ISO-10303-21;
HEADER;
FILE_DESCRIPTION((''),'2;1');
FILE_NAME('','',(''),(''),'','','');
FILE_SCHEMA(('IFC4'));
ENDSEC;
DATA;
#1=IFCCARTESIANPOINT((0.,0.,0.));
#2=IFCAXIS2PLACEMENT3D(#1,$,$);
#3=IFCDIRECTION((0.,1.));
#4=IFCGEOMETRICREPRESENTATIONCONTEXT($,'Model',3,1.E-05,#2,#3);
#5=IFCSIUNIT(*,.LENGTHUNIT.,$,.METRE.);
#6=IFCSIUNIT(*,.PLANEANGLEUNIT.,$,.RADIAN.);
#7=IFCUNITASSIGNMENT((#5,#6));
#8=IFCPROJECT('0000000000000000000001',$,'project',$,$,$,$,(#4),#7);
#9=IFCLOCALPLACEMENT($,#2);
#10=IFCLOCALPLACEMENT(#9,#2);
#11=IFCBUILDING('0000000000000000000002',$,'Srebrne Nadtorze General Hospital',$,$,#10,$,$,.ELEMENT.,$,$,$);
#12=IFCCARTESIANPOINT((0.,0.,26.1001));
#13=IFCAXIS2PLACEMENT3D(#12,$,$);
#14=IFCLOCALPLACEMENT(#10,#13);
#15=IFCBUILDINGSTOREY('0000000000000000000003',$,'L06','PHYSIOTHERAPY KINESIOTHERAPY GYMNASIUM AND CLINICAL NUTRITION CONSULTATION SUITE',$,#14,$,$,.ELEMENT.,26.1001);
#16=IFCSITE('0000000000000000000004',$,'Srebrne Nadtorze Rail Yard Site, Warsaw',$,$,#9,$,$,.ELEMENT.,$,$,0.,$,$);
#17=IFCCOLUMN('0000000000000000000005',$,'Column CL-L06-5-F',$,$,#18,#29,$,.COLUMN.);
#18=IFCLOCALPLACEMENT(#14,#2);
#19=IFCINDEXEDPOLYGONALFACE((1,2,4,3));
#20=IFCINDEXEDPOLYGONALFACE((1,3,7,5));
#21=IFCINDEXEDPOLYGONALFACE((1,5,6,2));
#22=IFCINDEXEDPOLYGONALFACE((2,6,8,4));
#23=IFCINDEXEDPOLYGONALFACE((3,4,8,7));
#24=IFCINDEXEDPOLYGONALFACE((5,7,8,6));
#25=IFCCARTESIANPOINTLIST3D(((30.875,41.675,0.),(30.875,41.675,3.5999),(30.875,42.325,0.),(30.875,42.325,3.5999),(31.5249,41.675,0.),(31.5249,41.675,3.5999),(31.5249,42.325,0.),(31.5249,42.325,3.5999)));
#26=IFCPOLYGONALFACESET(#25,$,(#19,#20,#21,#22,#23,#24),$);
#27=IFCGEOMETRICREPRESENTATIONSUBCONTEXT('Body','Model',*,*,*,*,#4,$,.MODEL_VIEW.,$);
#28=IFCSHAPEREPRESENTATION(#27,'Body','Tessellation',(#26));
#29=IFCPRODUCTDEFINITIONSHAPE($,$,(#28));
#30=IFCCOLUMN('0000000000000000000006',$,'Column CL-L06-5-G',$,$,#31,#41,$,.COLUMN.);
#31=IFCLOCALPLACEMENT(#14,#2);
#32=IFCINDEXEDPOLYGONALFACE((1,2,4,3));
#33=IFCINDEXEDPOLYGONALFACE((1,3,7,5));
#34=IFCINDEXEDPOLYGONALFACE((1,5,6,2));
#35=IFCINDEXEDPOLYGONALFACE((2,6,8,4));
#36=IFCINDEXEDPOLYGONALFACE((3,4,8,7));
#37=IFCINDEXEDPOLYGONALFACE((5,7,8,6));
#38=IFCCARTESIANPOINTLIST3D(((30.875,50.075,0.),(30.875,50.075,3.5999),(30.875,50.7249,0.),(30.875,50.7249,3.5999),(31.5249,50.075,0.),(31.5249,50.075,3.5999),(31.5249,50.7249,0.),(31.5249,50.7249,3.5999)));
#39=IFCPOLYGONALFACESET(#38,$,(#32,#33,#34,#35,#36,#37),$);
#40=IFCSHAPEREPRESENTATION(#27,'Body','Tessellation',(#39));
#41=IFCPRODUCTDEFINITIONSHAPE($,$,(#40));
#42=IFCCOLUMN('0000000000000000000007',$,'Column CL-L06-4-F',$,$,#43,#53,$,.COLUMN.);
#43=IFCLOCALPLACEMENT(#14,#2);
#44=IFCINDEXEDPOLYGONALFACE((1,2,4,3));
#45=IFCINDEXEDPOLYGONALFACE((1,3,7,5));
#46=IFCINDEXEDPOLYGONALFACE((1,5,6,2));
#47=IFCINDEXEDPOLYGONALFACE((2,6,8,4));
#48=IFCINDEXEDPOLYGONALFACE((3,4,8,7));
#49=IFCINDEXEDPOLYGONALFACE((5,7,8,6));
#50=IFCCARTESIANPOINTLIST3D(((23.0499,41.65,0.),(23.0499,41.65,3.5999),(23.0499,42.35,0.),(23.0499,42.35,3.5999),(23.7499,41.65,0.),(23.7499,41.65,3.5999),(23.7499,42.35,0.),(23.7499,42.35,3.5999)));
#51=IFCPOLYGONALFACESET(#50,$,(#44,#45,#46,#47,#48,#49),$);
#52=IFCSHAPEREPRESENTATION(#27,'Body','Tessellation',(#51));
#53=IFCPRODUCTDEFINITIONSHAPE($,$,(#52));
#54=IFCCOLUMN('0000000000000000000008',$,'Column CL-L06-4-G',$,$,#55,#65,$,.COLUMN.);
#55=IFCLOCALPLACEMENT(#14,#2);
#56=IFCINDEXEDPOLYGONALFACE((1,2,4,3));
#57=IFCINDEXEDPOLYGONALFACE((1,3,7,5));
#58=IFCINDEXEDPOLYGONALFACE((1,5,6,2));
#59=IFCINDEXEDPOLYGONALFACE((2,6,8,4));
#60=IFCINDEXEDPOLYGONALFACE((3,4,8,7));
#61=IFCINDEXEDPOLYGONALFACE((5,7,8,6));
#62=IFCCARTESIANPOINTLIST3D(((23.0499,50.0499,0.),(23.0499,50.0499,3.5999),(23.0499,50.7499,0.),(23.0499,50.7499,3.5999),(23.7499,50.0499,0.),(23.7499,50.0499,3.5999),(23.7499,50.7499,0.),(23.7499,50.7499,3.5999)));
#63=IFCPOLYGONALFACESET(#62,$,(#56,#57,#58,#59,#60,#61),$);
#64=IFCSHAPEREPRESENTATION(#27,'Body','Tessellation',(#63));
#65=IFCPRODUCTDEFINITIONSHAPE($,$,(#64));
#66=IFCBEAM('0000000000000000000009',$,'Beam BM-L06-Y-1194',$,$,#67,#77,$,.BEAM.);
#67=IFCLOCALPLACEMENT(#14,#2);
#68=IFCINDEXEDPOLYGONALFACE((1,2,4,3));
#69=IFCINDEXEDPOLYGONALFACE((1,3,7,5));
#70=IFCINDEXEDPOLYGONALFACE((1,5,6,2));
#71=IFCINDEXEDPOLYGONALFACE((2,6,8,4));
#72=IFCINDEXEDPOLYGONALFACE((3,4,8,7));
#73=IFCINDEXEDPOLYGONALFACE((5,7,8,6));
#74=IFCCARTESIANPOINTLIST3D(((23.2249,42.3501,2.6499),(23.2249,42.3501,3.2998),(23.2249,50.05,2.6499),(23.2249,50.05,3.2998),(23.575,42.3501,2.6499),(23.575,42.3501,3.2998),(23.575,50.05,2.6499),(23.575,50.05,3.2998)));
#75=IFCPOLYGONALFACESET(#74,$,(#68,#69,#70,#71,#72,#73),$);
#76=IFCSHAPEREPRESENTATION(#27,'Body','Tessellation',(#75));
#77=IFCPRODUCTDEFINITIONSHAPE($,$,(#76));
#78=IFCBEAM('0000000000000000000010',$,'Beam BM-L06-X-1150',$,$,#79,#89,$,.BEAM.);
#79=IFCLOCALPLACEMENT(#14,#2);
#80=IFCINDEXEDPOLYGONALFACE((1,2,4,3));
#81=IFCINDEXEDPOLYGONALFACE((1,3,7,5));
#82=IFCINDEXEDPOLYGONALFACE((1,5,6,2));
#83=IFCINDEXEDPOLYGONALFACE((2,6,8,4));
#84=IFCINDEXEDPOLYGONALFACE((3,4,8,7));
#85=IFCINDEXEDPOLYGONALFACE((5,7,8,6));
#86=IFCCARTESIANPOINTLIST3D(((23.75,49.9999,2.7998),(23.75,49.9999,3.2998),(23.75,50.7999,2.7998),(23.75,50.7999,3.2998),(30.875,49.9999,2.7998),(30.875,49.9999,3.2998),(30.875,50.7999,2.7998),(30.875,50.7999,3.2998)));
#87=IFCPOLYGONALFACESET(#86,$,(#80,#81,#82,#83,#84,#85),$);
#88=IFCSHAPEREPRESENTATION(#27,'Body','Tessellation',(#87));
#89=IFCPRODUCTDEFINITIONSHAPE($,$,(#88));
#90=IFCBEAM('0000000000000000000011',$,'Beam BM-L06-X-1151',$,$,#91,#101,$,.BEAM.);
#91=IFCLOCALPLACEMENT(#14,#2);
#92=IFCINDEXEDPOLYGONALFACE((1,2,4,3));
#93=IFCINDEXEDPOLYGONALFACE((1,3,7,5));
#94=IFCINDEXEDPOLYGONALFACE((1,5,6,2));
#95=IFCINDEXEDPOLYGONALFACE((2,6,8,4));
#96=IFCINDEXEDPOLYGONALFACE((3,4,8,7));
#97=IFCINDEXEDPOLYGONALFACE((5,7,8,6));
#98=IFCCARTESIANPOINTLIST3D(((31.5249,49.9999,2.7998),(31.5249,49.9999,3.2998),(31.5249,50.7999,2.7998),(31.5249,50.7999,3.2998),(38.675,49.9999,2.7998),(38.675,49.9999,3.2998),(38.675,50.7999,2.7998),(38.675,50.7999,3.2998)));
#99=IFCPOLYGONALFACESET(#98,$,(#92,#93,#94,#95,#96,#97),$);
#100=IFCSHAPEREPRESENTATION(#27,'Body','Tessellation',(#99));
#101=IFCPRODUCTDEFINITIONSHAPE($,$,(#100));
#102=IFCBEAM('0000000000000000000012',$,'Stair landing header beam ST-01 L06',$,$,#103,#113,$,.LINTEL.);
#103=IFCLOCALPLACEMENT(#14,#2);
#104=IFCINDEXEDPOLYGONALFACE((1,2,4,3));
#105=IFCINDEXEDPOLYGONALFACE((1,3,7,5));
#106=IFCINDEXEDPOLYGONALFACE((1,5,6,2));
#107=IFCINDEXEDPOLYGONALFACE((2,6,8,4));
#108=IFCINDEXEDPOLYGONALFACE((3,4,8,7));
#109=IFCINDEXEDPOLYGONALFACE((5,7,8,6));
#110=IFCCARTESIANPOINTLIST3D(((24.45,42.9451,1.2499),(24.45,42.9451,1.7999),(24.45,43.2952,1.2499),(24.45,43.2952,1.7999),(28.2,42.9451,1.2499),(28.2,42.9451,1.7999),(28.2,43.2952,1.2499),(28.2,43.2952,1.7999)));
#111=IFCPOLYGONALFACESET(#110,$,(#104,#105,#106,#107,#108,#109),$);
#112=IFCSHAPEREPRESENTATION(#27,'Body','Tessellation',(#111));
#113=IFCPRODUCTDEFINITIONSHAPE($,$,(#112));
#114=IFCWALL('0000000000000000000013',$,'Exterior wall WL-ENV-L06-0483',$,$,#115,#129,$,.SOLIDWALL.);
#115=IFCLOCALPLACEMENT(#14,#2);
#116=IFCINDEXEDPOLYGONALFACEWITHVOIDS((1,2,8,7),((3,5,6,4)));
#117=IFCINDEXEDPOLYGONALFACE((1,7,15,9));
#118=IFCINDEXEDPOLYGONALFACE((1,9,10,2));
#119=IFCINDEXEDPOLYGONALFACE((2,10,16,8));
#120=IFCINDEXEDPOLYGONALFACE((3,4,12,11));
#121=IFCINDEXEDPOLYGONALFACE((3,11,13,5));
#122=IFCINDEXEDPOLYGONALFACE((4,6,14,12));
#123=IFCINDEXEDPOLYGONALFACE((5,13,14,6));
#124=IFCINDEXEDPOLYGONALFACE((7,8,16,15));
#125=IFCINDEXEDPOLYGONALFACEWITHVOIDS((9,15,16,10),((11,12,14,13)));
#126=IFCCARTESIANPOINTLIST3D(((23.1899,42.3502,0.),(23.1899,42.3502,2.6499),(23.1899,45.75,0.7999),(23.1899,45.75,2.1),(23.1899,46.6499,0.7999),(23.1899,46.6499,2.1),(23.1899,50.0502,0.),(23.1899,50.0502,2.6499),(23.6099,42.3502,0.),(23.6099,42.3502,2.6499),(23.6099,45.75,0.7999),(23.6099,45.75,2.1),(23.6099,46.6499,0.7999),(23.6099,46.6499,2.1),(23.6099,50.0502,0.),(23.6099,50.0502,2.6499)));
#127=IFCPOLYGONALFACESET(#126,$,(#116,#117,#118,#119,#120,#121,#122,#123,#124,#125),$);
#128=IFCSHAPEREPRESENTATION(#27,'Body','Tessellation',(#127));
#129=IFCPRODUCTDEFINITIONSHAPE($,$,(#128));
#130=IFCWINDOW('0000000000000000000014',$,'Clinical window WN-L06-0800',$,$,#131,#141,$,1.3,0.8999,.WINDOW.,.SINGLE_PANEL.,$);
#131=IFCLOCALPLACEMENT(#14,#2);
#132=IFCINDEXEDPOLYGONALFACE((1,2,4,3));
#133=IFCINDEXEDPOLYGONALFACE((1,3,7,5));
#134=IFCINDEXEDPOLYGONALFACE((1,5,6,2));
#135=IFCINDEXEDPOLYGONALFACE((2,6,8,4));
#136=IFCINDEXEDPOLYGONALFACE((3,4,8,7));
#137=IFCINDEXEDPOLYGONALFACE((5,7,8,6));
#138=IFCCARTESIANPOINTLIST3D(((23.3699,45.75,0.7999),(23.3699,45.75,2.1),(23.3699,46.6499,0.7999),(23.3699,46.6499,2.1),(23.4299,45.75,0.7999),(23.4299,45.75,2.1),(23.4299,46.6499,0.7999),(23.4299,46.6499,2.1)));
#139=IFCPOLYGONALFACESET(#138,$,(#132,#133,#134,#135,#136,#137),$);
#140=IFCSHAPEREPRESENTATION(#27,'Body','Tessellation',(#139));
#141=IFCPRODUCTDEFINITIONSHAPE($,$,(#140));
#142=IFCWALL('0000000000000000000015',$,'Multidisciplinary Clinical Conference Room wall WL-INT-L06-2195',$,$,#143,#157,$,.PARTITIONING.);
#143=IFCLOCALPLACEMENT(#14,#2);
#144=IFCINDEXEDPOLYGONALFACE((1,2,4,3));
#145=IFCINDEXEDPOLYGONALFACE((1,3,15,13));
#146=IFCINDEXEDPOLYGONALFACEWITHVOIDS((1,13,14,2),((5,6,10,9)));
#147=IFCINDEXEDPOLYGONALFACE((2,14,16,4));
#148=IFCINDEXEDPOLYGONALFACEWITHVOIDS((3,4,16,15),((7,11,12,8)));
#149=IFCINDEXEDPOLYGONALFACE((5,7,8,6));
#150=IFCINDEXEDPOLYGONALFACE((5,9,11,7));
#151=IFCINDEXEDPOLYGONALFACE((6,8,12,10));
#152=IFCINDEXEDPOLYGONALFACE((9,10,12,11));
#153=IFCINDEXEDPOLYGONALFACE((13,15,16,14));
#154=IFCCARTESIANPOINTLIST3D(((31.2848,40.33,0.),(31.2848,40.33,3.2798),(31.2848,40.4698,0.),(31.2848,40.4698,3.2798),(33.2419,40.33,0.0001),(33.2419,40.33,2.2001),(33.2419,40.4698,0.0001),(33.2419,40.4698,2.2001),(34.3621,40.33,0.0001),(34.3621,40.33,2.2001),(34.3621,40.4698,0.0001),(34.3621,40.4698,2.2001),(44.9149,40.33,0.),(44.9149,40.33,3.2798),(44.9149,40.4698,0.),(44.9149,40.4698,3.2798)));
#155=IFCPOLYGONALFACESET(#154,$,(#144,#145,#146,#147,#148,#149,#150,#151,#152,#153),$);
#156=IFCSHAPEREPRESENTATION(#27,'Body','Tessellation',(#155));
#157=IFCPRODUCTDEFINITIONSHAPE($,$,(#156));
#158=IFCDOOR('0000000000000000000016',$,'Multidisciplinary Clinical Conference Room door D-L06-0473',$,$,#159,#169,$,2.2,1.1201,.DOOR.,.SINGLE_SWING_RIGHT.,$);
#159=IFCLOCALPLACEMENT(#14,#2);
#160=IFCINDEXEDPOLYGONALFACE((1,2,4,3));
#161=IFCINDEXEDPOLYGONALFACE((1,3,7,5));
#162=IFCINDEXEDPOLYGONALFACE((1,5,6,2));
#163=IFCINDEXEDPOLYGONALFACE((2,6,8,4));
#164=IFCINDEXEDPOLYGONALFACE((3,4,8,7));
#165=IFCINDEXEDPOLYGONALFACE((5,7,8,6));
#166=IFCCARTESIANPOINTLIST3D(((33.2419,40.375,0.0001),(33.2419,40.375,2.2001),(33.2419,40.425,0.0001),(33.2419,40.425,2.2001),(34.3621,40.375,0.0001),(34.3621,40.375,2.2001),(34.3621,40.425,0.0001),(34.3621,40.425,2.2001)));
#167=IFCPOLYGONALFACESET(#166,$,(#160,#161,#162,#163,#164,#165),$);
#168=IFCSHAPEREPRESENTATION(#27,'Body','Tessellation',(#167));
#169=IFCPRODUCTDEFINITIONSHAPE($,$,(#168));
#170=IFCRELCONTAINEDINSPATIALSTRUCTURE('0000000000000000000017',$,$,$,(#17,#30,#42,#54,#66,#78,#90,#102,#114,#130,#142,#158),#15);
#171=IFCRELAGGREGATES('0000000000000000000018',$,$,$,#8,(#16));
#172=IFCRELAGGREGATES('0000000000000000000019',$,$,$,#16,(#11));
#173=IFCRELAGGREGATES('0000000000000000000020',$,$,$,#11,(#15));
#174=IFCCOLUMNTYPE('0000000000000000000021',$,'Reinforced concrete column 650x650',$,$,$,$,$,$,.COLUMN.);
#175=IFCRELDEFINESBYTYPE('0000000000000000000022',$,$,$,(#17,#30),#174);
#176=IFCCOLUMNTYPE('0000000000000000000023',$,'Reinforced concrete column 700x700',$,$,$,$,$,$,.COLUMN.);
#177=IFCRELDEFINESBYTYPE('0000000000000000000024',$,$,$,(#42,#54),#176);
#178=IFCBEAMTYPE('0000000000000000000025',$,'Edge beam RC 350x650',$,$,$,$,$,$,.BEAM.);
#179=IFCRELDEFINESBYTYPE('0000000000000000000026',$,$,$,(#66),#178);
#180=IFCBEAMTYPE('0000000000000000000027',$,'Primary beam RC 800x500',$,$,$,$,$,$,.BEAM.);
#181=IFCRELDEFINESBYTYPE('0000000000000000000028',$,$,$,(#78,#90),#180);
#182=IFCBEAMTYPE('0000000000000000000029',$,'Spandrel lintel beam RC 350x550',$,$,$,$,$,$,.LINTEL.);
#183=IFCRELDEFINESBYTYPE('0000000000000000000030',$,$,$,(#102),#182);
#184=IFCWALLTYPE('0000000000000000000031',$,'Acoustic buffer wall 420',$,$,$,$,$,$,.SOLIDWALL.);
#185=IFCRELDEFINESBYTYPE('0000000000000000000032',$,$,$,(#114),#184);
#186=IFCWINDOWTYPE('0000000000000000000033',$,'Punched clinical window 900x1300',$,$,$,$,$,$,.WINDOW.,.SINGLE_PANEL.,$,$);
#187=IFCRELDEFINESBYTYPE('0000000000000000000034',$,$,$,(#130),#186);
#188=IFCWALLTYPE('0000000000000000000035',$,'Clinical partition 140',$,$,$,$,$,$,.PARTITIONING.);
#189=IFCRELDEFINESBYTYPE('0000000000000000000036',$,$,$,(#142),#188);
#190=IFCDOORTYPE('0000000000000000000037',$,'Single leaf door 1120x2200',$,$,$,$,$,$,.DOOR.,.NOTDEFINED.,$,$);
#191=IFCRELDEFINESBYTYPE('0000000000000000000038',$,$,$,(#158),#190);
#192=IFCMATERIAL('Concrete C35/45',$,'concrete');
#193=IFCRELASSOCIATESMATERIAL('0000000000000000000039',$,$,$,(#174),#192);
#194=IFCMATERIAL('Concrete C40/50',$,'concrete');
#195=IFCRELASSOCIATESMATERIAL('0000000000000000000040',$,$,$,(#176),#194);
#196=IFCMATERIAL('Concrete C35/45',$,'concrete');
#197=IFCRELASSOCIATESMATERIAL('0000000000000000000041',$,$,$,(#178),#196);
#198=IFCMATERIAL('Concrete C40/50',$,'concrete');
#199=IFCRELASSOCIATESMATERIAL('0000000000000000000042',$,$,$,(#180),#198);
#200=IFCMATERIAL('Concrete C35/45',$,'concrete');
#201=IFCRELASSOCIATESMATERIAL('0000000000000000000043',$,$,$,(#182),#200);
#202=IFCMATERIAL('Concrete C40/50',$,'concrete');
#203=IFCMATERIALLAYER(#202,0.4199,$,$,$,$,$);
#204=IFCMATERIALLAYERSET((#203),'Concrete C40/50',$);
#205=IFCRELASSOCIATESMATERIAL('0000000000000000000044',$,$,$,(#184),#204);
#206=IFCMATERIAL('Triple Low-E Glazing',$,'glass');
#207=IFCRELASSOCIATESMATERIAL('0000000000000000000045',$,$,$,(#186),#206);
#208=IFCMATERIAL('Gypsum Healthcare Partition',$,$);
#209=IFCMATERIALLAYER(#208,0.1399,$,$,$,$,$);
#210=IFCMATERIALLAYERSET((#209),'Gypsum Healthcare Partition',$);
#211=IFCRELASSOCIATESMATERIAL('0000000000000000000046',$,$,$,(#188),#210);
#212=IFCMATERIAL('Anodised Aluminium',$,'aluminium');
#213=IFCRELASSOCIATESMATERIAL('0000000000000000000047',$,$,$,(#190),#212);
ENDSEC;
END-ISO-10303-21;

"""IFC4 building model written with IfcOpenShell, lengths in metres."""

from ifc_helpers import new_model, si_unit, direction, frame, frame_2d, origin, origin_2d, place, context, subcontext, project, spatial, rectangle, extrude, material, layer, layer_set, material_profile, profile_set, type_object, element, fill, save


model = new_model("IFC4")

# Units and contexts
model_context = context("Model", 3, precision=1e-05, world=origin(), true_north=direction((0.0, 1.0)))
body_context = subcontext(model_context, "Body", "Model", "MODEL_VIEW")
ifc_project = project(units=[si_unit("LENGTHUNIT", "METRE"), si_unit("PLANEANGLEUNIT", "RADIAN")], contexts=[model_context])

# Site, building, storey
site_placement = place(None, origin())
site = spatial("IfcSite", under=ifc_project, at=site_placement, Name="Srebrne Nadtorze Rail Yard Site, Warsaw", CompositionType="ELEMENT", RefElevation=0.0)
building_placement = place(site_placement, origin())
building = spatial("IfcBuilding", under=site, at=building_placement, Name="Srebrne Nadtorze General Hospital", CompositionType="ELEMENT")
storey_placement = place(building_placement, frame((0.0, 0.0, 26.1001)))
storey = spatial("IfcBuildingStorey", under=building, at=storey_placement, Name="L06", Description="PHYSIOTHERAPY KINESIOTHERAPY GYMNASIUM AND CLINICAL NUTRITION CONSULTATION SUITE", CompositionType="ELEMENT", Elevation=26.1001)

# Columns
ifc_material_1 = material(Name="Concrete C35/45", Category="concrete")
ifc_material_profile_1 = material_profile(ifc_material_1, rectangle(XDim=0.6499, YDim=0.6499, at=origin_2d()), Name="RC-COL-650x650")
ifc_profile_set_1 = profile_set([ifc_material_profile_1], Name="Concrete C35/45")
column_type_1 = type_object("IfcColumnType", Name="Reinforced concrete column 650x650", PredefinedType="COLUMN", material=ifc_profile_set_1)
for number, where, z_axis, x_axis, name in (
    (1, (31.2, 42.0, 0.0), (0.0, 0.0, 1.0), (1.0, 0.0, 0.0), "Column CL-L06-5-F"),
    (2, (31.2, 50.3999, 0.0), (0.0, 0.0, 1.0), (1.0, 0.0, 0.0), "Column CL-L06-5-G"),
):
    element("IfcColumn", number, at=place(storey_placement, frame(where, z_axis=z_axis, x_axis=x_axis)), inside=storey, type_object=column_type_1, Name=name, PredefinedType="COLUMN", context=body_context, shape_type="SweptSolid", body=[
        extrude(rectangle(XDim=0.6499, YDim=0.6499, at=origin_2d()), origin(), (0.0, 0.0, 1.0), 3.5999),
    ])
ifc_material_2 = material(Name="Concrete C40/50", Category="concrete")
ifc_material_profile_2 = material_profile(ifc_material_2, rectangle(XDim=0.7, YDim=0.7, at=origin_2d()), Name="RC-COL-700x700")
ifc_profile_set_2 = profile_set([ifc_material_profile_2], Name="Concrete C40/50")
column_type_2 = type_object("IfcColumnType", Name="Reinforced concrete column 700x700", PredefinedType="COLUMN", material=ifc_profile_set_2)
for number, where, z_axis, x_axis, name in (
    (3, (23.3999, 42.0, 0.0), (0.0, 0.0, 1.0), (1.0, 0.0, 0.0), "Column CL-L06-4-F"),
    (4, (23.3999, 50.3999, 0.0), (0.0, 0.0, 1.0), (1.0, 0.0, 0.0), "Column CL-L06-4-G"),
):
    element("IfcColumn", number, at=place(storey_placement, frame(where, z_axis=z_axis, x_axis=x_axis)), inside=storey, type_object=column_type_2, Name=name, PredefinedType="COLUMN", context=body_context, shape_type="SweptSolid", body=[
        extrude(rectangle(XDim=0.7, YDim=0.7, at=origin_2d()), origin(), (0.0, 0.0, 1.0), 3.5999),
    ])

# Beams
ifc_material_3 = material(Name="Concrete C35/45", Category="concrete")
ifc_material_profile_3 = material_profile(ifc_material_3, rectangle(XDim=0.3501, YDim=0.6499, at=origin_2d()), Name="RC-BM-350x650")
ifc_profile_set_3 = profile_set([ifc_material_profile_3], Name="Concrete C35/45")
beam_type_1 = type_object("IfcBeamType", Name="Edge beam RC 350x650", PredefinedType="BEAM", material=ifc_profile_set_3)
beam_1_placement = place(storey_placement, frame((23.3999, 42.3501, 2.9749), z_axis=(0.0, 1.0, 0.0), x_axis=(-1.0, 0.0, 0.0)))
element("IfcBeam", 5, at=beam_1_placement, inside=storey, type_object=beam_type_1, Name="Beam BM-L06-Y-1194", PredefinedType="BEAM", context=body_context, shape_type="SweptSolid", body=[
    extrude(rectangle(XDim=0.3501, YDim=0.6499, at=origin_2d()), origin(), (0.0, 0.0, 1.0), 7.7),
])
ifc_material_4 = material(Name="Concrete C40/50", Category="concrete")
ifc_material_profile_4 = material_profile(ifc_material_4, rectangle(XDim=0.8, YDim=0.5, at=origin_2d()), Name="RC-BM-800x500")
ifc_profile_set_4 = profile_set([ifc_material_profile_4], Name="Concrete C40/50")
beam_type_2 = type_object("IfcBeamType", Name="Primary beam RC 800x500", PredefinedType="BEAM", material=ifc_profile_set_4)
beam_2_placement = place(storey_placement, frame((23.75, 50.3999, 3.0498), z_axis=(1.0, 0.0, 0.0), x_axis=(0.0, 1.0, 0.0)))
element("IfcBeam", 6, at=beam_2_placement, inside=storey, type_object=beam_type_2, Name="Beam BM-L06-X-1150", PredefinedType="BEAM", context=body_context, shape_type="SweptSolid", body=[
    extrude(rectangle(XDim=0.8, YDim=0.5, at=origin_2d()), origin(), (0.0, 0.0, 1.0), 7.125),
])
beam_3_placement = place(storey_placement, frame((31.5249, 50.3999, 3.0498), z_axis=(1.0, 0.0, 0.0), x_axis=(0.0, 1.0, 0.0)))
element("IfcBeam", 7, at=beam_3_placement, inside=storey, type_object=beam_type_2, Name="Beam BM-L06-X-1151", PredefinedType="BEAM", context=body_context, shape_type="SweptSolid", body=[
    extrude(rectangle(XDim=0.8, YDim=0.5, at=origin_2d()), origin(), (0.0, 0.0, 1.0), 7.1501),
])
ifc_material_5 = material(Name="Concrete C35/45", Category="concrete")
ifc_material_profile_5 = material_profile(ifc_material_5, rectangle(XDim=0.3501, YDim=0.55, at=origin_2d()), Name="RC-BM-350x550")
ifc_profile_set_5 = profile_set([ifc_material_profile_5], Name="Concrete C35/45")
beam_type_3 = type_object("IfcBeamType", Name="Spandrel lintel beam RC 350x550", PredefinedType="LINTEL", material=ifc_profile_set_5)
beam_4_placement = place(storey_placement, frame((24.45, 43.1201, 1.5249), z_axis=(1.0, 0.0, 0.0), x_axis=(0.0, 1.0, 0.0)))
element("IfcBeam", 8, at=beam_4_placement, inside=storey, type_object=beam_type_3, Name="Stair landing header beam ST-01 L06", PredefinedType="LINTEL", context=body_context, shape_type="SweptSolid", body=[
    extrude(rectangle(XDim=0.3501, YDim=0.55, at=origin_2d()), origin(), (0.0, 0.0, 1.0), 3.75),
])

# Wall, opening, window
ifc_material_6 = material(Name="Concrete C40/50", Category="concrete")
ifc_layer_1 = layer(ifc_material_6, 0.4199)
ifc_layer_set_1 = layer_set([ifc_layer_1], Name="Concrete C40/50")
wall_type_1 = type_object("IfcWallType", Name="Acoustic buffer wall 420", PredefinedType="SOLIDWALL", material=ifc_layer_set_1)
wall_1_placement = place(storey_placement, frame((23.3999, 42.3501, 0.0), z_axis=(0.0, 0.0, 1.0), x_axis=(0.0, 1.0, 0.0)))
wall_1 = element("IfcWall", 9, at=wall_1_placement, inside=storey, type_object=wall_type_1, Name="Exterior wall WL-ENV-L06-0483", PredefinedType="SOLIDWALL", context=body_context, shape_type="SweptSolid", body=[
    extrude(rectangle(XDim=7.7, YDim=0.4199, at=frame_2d((3.8501, 0.0))), origin(), (0.0, 0.0, 1.0), 2.6499),
])
opening_1_placement = place(wall_1_placement, frame((3.3999, 0.0, 0.8)))
opening_1 = element("IfcOpeningElement", 10, at=opening_1_placement, cuts=wall_1, PredefinedType="OPENING", context=body_context, shape_type="SweptSolid", body=[
    extrude(rectangle(XDim=0.8999, YDim=1.3, at=frame_2d((0.45, 0.6499))), frame((0.0, 0.2219, 0.0), z_axis=(0.0, -1.0, 0.0), x_axis=(1.0, 0.0, 0.0)), (0.0, 0.0, 1.0), 0.4438),
])
ifc_material_7 = material(Name="Triple Low-E Glazing", Category="glass")
window_type = type_object("IfcWindowType", Name="Punched clinical window 900x1300", PartitioningType="SINGLE_PANEL", PredefinedType="WINDOW", material=ifc_material_7)
window_placement = place(opening_1_placement, origin())
window = element("IfcWindow", 11, at=window_placement, inside=storey, type_object=window_type, Name="Clinical window WN-L06-0800", OverallHeight=1.3, OverallWidth=0.8999, PartitioningType="SINGLE_PANEL", PredefinedType="WINDOW", context=body_context, shape_type="SweptSolid", body=[
    extrude(rectangle(XDim=0.8999, YDim=1.3, at=frame_2d((0.45, 0.6499))), frame((0.0, 0.03, 0.0), z_axis=(0.0, -1.0, 0.0), x_axis=(1.0, 0.0, 0.0)), (0.0, 0.0, 1.0), 0.0601),
])
fill(opening_1, window)

# Wall, opening, door
ifc_material_8 = material(Name="Gypsum Healthcare Partition")
ifc_layer_2 = layer(ifc_material_8, 0.1399)
ifc_layer_set_2 = layer_set([ifc_layer_2], Name="Gypsum Healthcare Partition")
wall_type_2 = type_object("IfcWallType", Name="Clinical partition 140", PredefinedType="PARTITIONING", material=ifc_layer_set_2)
wall_2_placement = place(storey_placement, frame((31.2849, 40.3999, 0.0), z_axis=(0.0, 0.0, 1.0), x_axis=(1.0, 0.0, 0.0)))
wall_2 = element("IfcWall", 12, at=wall_2_placement, inside=storey, type_object=wall_type_2, Name="Multidisciplinary Clinical Conference Room wall WL-INT-L06-2195", PredefinedType="PARTITIONING", context=body_context, shape_type="SweptSolid", body=[
    extrude(rectangle(XDim=13.6301, YDim=0.1399, at=frame_2d((6.8149, 0.0))), origin(), (0.0, 0.0, 1.0), 3.2798),
])
opening_2_placement = place(wall_2_placement, frame((1.957, 0.0, 0.0)))
opening_2 = element("IfcOpeningElement", 13, at=opening_2_placement, cuts=wall_2, PredefinedType="OPENING", context=body_context, shape_type="SweptSolid", body=[
    extrude(rectangle(XDim=1.1201, YDim=2.2, at=frame_2d((0.5601, 1.1001))), frame((0.0, 0.082, 0.0), z_axis=(0.0, -1.0, 0.0), x_axis=(1.0, 0.0, 0.0)), (0.0, 0.0, 1.0), 0.1638),
])
ifc_material_9 = material(Name="Anodised Aluminium", Category="aluminium")
door_type_1 = type_object("IfcDoorType", Name="Single leaf door 1120x2200", OperationType="NOTDEFINED", PredefinedType="DOOR", material=ifc_material_9)
door_1_placement = place(opening_2_placement, frame((1.1201, 0.0, 0.0), z_axis=(0.0, 0.0, 1.0), x_axis=(-1.0, 0.0, 0.0)))
door_1 = element("IfcDoor", 14, at=door_1_placement, inside=storey, type_object=door_type_1, Name="Multidisciplinary Clinical Conference Room door D-L06-0473", OperationType="SINGLE_SWING_RIGHT", OverallHeight=2.2, OverallWidth=1.1201, PredefinedType="DOOR", context=body_context, shape_type="SweptSolid", body=[
    extrude(rectangle(XDim=1.1201, YDim=2.2, at=frame_2d((0.5601, 1.1001))), frame((0.0, 0.0249, 0.0), z_axis=(0.0, -1.0, 0.0), x_axis=(1.0, 0.0, 0.0)), (0.0, 0.0, 1.0), 0.05),
])
fill(opening_2, door_1)

save(model, "model.ifc")
